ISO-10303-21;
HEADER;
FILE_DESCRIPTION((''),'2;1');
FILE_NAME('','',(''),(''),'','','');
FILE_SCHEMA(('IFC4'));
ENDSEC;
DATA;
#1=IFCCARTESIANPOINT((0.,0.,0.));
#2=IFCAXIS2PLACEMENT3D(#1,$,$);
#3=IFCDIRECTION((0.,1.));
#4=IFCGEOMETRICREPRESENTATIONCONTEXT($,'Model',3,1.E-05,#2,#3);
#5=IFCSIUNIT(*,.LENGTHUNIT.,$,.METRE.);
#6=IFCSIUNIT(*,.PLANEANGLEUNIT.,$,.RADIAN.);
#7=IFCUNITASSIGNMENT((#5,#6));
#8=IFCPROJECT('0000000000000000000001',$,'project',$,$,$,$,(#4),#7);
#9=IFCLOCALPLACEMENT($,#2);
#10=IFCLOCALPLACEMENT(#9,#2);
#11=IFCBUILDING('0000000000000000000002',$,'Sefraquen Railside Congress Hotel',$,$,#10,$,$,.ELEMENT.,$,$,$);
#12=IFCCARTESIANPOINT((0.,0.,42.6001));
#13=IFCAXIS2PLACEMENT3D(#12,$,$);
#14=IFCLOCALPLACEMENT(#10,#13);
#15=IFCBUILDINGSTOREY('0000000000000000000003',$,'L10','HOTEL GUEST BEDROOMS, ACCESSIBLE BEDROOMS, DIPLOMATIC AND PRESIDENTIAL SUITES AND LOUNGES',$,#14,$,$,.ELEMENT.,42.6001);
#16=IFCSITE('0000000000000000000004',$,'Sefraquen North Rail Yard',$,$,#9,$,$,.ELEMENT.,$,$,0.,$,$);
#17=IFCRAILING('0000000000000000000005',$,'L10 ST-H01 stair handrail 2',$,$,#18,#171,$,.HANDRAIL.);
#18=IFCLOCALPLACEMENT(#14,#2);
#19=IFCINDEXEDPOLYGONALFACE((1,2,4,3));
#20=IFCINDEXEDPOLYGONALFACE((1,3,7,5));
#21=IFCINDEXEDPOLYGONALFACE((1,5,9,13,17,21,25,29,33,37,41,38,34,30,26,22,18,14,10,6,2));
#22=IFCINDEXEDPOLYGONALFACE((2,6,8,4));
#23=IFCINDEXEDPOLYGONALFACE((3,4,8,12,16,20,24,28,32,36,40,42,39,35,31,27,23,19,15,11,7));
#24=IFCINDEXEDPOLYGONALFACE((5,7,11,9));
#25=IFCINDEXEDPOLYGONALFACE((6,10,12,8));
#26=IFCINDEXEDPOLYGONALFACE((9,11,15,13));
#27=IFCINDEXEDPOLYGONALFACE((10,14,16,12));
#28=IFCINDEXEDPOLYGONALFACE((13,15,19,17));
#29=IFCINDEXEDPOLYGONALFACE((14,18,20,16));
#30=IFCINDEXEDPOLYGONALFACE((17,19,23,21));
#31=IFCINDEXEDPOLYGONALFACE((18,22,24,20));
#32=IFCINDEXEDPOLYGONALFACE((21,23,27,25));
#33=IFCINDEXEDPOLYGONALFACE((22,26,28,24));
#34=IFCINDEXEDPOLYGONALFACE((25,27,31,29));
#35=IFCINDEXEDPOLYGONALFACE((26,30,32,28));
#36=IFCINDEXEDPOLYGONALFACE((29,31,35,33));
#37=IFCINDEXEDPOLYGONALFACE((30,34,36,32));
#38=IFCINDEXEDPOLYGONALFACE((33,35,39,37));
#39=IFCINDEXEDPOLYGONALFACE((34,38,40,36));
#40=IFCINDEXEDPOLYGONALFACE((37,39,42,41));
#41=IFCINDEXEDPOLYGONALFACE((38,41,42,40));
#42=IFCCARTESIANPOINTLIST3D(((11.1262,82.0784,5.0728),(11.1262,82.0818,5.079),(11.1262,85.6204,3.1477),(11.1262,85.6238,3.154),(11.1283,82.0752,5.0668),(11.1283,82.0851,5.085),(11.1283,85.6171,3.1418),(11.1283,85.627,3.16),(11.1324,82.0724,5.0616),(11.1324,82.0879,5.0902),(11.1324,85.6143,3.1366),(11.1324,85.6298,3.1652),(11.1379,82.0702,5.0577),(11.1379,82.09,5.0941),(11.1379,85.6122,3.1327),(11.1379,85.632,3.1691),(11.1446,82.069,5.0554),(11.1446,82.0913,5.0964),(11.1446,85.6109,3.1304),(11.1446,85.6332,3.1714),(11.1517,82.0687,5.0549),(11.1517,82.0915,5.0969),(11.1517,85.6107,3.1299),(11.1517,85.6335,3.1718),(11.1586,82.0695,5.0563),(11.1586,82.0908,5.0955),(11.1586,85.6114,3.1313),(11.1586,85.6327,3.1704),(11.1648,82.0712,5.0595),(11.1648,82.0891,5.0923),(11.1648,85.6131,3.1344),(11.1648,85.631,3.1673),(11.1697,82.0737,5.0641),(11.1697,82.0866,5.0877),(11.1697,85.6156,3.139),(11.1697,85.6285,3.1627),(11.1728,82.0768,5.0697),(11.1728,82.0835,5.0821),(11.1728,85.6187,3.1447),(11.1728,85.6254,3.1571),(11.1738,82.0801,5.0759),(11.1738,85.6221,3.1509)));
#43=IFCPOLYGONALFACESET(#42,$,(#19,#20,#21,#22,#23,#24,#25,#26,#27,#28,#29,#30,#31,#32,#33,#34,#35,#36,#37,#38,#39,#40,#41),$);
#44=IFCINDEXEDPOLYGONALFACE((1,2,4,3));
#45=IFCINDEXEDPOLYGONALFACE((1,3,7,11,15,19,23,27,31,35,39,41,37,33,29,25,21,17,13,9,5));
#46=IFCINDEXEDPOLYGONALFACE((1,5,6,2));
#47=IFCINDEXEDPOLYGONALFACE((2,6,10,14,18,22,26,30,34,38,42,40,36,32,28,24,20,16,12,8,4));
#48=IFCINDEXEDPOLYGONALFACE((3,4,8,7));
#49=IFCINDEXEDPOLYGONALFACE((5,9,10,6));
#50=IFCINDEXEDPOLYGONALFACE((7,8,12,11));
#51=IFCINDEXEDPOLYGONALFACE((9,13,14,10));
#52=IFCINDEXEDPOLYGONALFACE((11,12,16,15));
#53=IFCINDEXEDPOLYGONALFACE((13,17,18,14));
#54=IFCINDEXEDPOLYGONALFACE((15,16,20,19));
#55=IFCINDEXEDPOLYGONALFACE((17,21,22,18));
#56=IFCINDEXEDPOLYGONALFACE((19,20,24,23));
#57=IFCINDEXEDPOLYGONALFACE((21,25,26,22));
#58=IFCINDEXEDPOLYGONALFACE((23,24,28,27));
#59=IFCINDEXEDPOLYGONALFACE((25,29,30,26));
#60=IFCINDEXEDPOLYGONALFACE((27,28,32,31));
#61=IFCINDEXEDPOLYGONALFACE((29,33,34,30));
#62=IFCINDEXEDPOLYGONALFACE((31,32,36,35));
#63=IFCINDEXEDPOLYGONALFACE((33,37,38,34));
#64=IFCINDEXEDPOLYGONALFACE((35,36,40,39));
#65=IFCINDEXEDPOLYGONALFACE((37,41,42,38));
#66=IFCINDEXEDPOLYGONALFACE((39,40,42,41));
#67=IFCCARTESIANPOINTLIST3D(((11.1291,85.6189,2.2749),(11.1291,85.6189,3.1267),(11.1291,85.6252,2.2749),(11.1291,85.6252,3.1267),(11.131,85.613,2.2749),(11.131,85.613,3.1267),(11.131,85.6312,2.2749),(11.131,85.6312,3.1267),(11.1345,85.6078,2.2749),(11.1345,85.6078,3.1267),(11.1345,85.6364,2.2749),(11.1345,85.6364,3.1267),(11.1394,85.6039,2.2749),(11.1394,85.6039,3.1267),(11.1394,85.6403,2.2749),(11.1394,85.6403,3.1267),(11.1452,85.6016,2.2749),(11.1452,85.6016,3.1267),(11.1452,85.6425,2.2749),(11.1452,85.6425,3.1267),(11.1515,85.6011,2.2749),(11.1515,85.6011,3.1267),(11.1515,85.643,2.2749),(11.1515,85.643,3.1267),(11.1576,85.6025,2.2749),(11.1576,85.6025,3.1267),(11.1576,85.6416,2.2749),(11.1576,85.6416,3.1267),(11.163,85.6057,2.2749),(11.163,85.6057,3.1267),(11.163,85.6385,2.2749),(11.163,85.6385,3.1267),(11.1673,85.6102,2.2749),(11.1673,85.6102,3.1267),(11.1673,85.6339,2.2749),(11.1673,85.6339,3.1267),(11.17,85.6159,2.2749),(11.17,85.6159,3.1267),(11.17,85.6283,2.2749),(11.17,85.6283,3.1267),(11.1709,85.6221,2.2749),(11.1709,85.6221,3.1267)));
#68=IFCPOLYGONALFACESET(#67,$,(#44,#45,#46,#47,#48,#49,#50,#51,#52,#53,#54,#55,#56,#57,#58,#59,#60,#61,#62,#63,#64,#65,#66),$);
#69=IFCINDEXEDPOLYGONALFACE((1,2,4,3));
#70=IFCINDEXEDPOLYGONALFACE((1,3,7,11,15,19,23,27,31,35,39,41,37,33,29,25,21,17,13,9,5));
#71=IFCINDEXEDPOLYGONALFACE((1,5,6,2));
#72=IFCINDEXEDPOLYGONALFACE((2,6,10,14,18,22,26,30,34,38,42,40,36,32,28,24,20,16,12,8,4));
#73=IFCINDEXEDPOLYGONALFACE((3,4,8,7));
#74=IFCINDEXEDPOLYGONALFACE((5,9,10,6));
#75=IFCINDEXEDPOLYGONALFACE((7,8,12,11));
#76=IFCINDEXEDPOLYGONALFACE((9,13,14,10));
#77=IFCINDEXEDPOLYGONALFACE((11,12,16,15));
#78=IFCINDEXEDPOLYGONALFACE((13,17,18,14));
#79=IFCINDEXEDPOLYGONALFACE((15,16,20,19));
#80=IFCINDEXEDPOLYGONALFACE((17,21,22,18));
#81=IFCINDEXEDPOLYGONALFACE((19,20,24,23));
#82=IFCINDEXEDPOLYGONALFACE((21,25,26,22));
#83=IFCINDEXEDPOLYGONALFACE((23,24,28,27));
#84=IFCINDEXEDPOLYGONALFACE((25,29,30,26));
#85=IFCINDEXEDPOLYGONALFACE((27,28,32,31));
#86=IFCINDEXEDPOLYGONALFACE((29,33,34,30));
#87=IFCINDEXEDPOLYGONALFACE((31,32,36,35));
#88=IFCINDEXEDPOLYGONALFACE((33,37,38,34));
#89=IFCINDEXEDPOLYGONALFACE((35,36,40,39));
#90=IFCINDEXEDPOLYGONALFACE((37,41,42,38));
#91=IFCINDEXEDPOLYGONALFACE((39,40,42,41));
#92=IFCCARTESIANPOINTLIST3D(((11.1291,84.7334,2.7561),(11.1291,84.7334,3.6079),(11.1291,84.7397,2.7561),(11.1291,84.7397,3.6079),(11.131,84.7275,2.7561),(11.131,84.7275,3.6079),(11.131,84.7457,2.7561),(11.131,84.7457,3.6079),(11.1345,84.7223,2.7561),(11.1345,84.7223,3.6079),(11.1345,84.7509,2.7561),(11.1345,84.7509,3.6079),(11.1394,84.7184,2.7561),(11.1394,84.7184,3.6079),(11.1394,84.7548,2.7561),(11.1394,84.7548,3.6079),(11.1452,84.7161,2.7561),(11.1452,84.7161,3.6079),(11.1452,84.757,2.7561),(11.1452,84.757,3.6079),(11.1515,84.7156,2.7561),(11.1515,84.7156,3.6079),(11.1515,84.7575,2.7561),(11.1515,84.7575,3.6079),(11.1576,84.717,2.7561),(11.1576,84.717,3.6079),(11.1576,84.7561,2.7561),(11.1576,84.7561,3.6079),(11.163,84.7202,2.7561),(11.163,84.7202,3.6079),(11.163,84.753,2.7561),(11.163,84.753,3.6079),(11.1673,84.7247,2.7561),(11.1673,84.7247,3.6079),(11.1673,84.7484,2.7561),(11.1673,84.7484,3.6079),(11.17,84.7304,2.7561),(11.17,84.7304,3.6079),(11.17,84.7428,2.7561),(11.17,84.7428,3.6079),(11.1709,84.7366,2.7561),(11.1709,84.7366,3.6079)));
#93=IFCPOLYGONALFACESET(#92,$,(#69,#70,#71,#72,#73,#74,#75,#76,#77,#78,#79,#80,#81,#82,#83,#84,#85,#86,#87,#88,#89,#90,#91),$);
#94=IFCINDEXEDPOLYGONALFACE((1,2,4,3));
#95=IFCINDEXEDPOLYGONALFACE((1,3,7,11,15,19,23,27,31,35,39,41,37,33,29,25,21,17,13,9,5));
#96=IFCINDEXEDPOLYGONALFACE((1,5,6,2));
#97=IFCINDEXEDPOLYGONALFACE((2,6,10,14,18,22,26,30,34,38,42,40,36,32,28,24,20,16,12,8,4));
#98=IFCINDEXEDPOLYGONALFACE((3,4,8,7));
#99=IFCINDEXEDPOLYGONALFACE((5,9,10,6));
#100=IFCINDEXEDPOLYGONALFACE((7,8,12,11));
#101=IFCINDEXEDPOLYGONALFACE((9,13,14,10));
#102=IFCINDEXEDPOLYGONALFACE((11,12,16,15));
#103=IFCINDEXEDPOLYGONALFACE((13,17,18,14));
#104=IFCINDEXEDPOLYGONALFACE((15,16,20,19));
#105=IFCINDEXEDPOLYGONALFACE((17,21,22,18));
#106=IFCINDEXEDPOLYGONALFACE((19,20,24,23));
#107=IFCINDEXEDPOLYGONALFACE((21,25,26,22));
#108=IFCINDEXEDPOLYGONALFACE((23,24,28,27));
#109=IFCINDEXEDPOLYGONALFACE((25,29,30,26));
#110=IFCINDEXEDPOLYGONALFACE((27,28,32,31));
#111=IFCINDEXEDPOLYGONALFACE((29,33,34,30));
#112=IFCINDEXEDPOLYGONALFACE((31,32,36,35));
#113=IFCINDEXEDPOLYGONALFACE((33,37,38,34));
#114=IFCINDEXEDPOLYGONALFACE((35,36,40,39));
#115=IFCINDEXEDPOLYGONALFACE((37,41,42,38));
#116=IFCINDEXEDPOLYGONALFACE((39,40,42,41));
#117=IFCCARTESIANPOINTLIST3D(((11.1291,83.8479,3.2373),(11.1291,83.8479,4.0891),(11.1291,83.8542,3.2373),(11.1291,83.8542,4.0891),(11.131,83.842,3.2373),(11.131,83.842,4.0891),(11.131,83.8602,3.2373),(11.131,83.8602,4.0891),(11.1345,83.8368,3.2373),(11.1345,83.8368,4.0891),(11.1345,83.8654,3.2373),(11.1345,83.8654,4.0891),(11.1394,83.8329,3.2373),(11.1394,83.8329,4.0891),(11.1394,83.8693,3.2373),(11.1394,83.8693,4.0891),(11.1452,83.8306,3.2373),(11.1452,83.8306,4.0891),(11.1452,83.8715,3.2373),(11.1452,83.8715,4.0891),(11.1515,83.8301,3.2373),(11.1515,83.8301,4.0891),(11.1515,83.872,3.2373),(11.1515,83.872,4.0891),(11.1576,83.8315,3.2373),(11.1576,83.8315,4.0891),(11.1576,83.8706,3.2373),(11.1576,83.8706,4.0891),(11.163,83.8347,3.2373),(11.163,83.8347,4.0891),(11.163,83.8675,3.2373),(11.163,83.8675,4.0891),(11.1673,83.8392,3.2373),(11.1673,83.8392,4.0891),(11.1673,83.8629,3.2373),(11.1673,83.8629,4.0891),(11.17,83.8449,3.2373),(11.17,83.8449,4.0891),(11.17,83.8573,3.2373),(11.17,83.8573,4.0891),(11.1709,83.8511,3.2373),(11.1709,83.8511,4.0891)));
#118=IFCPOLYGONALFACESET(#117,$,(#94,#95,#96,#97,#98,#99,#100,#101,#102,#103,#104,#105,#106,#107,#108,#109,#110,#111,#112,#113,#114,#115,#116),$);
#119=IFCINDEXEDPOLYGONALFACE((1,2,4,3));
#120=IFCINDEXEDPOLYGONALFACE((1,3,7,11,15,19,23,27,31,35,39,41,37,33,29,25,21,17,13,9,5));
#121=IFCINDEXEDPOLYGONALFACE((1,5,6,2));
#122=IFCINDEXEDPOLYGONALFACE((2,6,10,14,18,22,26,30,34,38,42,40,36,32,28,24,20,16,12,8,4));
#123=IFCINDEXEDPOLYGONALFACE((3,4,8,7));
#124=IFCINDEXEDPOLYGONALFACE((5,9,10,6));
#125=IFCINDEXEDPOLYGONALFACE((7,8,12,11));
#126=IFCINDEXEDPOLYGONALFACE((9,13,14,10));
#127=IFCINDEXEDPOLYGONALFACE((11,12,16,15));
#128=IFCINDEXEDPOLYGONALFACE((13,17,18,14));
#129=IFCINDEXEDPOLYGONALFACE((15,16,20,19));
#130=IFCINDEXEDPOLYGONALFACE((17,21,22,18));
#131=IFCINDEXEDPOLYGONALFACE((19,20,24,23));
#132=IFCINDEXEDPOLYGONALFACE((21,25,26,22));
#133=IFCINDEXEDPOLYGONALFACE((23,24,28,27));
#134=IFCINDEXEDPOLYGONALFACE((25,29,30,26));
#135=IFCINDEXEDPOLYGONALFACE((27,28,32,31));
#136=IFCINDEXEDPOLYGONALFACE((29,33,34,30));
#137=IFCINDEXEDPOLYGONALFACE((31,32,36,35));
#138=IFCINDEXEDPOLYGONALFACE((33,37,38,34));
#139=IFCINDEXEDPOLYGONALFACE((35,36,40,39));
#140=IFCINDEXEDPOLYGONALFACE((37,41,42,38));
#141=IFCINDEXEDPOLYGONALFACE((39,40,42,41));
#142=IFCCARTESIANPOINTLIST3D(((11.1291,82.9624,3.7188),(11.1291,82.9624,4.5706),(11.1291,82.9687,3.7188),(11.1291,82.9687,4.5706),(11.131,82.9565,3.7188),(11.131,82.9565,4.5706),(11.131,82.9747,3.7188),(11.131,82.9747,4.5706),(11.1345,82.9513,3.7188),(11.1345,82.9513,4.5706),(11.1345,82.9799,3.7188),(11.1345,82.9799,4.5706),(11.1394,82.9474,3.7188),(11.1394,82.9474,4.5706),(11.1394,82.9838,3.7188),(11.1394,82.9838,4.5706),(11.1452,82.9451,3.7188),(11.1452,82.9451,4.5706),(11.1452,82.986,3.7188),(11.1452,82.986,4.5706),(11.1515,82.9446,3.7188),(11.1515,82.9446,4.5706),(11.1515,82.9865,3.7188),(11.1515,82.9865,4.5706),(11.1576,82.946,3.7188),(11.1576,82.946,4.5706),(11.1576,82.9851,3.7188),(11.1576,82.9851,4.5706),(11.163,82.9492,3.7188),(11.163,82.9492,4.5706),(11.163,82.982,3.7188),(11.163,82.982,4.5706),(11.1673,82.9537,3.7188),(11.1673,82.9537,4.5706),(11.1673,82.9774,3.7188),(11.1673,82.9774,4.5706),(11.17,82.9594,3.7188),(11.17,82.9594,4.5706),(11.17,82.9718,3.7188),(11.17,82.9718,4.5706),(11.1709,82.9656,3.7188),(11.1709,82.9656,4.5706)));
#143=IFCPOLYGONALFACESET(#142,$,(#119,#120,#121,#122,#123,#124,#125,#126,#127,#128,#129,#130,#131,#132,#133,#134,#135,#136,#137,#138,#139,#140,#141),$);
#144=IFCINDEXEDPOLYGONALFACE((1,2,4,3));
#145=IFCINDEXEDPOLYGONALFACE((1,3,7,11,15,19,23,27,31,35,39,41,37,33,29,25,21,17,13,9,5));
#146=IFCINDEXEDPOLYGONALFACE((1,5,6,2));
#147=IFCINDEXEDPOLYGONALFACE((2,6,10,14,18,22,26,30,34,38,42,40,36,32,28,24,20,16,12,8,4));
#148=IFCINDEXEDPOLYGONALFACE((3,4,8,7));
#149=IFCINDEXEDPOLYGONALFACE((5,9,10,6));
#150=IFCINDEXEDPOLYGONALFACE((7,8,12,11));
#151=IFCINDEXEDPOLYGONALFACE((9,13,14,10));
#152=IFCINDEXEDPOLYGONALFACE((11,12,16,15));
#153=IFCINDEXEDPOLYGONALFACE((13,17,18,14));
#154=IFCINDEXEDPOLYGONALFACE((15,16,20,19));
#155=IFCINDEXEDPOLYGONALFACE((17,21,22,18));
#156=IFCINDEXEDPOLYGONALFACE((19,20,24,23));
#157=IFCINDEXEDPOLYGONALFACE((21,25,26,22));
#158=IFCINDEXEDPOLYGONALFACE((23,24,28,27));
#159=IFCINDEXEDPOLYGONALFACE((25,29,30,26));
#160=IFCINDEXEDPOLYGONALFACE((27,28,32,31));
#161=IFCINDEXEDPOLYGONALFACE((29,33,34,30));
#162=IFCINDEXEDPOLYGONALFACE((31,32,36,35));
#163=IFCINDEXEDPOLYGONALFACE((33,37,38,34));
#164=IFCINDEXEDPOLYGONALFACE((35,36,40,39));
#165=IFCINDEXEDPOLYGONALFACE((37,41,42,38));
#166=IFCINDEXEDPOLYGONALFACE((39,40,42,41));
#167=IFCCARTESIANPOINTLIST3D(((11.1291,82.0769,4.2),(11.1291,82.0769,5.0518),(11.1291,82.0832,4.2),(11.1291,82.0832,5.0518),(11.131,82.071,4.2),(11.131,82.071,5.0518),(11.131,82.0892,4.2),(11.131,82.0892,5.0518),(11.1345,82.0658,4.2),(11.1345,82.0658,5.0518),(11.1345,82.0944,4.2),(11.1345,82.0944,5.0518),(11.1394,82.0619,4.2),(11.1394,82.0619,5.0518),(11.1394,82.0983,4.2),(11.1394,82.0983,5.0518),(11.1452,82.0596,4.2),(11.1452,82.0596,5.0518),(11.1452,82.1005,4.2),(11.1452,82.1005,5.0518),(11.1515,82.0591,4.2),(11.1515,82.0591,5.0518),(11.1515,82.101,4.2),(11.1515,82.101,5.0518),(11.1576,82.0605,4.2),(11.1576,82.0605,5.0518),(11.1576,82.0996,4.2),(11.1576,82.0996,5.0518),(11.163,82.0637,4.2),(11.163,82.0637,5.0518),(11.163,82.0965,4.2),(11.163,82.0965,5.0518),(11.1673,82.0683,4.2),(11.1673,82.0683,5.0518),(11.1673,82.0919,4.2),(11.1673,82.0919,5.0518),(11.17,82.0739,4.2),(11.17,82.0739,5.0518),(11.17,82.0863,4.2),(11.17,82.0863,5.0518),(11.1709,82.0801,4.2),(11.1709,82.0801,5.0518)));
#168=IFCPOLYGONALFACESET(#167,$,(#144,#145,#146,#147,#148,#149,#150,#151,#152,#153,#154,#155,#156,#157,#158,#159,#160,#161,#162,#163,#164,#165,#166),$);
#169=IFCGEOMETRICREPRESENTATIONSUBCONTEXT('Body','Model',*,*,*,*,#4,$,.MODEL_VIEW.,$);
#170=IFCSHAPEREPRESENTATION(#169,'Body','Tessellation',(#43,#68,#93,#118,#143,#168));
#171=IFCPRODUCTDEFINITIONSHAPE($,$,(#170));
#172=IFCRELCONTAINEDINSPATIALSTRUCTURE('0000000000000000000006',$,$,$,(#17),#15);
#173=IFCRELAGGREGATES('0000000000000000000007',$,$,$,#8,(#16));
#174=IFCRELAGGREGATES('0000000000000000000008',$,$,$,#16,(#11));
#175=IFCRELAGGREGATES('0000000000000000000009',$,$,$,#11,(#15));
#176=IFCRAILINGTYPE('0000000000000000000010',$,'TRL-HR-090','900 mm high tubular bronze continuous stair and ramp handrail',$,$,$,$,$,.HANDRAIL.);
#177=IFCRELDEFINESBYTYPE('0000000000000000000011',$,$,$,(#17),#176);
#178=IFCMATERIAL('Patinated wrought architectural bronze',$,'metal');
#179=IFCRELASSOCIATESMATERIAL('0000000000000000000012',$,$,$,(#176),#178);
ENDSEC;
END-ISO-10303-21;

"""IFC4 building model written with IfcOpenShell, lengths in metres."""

from ifc_helpers import new_model, si_unit, direction, frame, origin, origin_2d, place, context, subcontext, project, spatial, circle, extrude, material, type_object, element, save


model = new_model("IFC4")

# Units and contexts
model_context = context("Model", 3, precision=1e-05, world=origin(), true_north=direction((0.0, 1.0)))
body_context = subcontext(model_context, "Body", "Model", "MODEL_VIEW")
ifc_project = project(units=[si_unit("LENGTHUNIT", "METRE"), si_unit("PLANEANGLEUNIT", "RADIAN")], contexts=[model_context])

# Site, building, storey
site_placement = place(None, origin())
site = spatial("IfcSite", under=ifc_project, at=site_placement, Name="Sefraquen North Rail Yard", CompositionType="ELEMENT", RefElevation=0.0)
building_placement = place(site_placement, origin())
building = spatial("IfcBuilding", under=site, at=building_placement, Name="Sefraquen Railside Congress Hotel", CompositionType="ELEMENT")
storey_placement = place(building_placement, frame((0.0, 0.0, 42.6001)))
storey = spatial("IfcBuildingStorey", under=building, at=storey_placement, Name="L10", Description="HOTEL GUEST BEDROOMS, ACCESSIBLE BEDROOMS, DIPLOMATIC AND PRESIDENTIAL SUITES AND LOUNGES", CompositionType="ELEMENT", Elevation=42.6001)

# Railing
ifc_material_1 = material(Name="Patinated wrought architectural bronze", Category="metal")
railing_type_1 = type_object("IfcRailingType", Name="TRL-HR-090", Description="900 mm high tubular bronze continuous stair and ramp handrail", PredefinedType="HANDRAIL", material=ifc_material_1)
railing_1_placement = place(storey_placement, frame((11.1499, 85.6221, 2.2749)))
element("IfcRailing", 1, at=railing_1_placement, inside=storey, type_object=railing_type_1, Name="L10 ST-H01 stair handrail 2", PredefinedType="HANDRAIL", context=body_context, shape_type="SweptSolid", body=[
    extrude(circle(Radius=0.0239, at=origin_2d()), frame((0.0, 0.0, 0.876), z_axis=(0.0, -0.878619, 0.477523), x_axis=(1.0, 0.0, 0.0)), (0.0, 0.0, 1.0), 4.0312),
    extrude(circle(Radius=0.021, at=origin_2d()), origin(), (0.0, 0.0, 1.0), 0.8518),
    extrude(circle(Radius=0.021, at=origin_2d()), frame((0.0, -0.8855, 0.4812)), (0.0, 0.0, 1.0), 0.8518),
    extrude(circle(Radius=0.021, at=origin_2d()), frame((0.0, -1.771, 0.9624)), (0.0, 0.0, 1.0), 0.8518),
    extrude(circle(Radius=0.021, at=origin_2d()), frame((0.0, -2.6565, 1.4438)), (0.0, 0.0, 1.0), 0.8518),
    extrude(circle(Radius=0.021, at=origin_2d()), frame((0.0, -3.542, 1.925)), (0.0, 0.0, 1.0), 0.8518),
])

save(model, "model.ifc")
